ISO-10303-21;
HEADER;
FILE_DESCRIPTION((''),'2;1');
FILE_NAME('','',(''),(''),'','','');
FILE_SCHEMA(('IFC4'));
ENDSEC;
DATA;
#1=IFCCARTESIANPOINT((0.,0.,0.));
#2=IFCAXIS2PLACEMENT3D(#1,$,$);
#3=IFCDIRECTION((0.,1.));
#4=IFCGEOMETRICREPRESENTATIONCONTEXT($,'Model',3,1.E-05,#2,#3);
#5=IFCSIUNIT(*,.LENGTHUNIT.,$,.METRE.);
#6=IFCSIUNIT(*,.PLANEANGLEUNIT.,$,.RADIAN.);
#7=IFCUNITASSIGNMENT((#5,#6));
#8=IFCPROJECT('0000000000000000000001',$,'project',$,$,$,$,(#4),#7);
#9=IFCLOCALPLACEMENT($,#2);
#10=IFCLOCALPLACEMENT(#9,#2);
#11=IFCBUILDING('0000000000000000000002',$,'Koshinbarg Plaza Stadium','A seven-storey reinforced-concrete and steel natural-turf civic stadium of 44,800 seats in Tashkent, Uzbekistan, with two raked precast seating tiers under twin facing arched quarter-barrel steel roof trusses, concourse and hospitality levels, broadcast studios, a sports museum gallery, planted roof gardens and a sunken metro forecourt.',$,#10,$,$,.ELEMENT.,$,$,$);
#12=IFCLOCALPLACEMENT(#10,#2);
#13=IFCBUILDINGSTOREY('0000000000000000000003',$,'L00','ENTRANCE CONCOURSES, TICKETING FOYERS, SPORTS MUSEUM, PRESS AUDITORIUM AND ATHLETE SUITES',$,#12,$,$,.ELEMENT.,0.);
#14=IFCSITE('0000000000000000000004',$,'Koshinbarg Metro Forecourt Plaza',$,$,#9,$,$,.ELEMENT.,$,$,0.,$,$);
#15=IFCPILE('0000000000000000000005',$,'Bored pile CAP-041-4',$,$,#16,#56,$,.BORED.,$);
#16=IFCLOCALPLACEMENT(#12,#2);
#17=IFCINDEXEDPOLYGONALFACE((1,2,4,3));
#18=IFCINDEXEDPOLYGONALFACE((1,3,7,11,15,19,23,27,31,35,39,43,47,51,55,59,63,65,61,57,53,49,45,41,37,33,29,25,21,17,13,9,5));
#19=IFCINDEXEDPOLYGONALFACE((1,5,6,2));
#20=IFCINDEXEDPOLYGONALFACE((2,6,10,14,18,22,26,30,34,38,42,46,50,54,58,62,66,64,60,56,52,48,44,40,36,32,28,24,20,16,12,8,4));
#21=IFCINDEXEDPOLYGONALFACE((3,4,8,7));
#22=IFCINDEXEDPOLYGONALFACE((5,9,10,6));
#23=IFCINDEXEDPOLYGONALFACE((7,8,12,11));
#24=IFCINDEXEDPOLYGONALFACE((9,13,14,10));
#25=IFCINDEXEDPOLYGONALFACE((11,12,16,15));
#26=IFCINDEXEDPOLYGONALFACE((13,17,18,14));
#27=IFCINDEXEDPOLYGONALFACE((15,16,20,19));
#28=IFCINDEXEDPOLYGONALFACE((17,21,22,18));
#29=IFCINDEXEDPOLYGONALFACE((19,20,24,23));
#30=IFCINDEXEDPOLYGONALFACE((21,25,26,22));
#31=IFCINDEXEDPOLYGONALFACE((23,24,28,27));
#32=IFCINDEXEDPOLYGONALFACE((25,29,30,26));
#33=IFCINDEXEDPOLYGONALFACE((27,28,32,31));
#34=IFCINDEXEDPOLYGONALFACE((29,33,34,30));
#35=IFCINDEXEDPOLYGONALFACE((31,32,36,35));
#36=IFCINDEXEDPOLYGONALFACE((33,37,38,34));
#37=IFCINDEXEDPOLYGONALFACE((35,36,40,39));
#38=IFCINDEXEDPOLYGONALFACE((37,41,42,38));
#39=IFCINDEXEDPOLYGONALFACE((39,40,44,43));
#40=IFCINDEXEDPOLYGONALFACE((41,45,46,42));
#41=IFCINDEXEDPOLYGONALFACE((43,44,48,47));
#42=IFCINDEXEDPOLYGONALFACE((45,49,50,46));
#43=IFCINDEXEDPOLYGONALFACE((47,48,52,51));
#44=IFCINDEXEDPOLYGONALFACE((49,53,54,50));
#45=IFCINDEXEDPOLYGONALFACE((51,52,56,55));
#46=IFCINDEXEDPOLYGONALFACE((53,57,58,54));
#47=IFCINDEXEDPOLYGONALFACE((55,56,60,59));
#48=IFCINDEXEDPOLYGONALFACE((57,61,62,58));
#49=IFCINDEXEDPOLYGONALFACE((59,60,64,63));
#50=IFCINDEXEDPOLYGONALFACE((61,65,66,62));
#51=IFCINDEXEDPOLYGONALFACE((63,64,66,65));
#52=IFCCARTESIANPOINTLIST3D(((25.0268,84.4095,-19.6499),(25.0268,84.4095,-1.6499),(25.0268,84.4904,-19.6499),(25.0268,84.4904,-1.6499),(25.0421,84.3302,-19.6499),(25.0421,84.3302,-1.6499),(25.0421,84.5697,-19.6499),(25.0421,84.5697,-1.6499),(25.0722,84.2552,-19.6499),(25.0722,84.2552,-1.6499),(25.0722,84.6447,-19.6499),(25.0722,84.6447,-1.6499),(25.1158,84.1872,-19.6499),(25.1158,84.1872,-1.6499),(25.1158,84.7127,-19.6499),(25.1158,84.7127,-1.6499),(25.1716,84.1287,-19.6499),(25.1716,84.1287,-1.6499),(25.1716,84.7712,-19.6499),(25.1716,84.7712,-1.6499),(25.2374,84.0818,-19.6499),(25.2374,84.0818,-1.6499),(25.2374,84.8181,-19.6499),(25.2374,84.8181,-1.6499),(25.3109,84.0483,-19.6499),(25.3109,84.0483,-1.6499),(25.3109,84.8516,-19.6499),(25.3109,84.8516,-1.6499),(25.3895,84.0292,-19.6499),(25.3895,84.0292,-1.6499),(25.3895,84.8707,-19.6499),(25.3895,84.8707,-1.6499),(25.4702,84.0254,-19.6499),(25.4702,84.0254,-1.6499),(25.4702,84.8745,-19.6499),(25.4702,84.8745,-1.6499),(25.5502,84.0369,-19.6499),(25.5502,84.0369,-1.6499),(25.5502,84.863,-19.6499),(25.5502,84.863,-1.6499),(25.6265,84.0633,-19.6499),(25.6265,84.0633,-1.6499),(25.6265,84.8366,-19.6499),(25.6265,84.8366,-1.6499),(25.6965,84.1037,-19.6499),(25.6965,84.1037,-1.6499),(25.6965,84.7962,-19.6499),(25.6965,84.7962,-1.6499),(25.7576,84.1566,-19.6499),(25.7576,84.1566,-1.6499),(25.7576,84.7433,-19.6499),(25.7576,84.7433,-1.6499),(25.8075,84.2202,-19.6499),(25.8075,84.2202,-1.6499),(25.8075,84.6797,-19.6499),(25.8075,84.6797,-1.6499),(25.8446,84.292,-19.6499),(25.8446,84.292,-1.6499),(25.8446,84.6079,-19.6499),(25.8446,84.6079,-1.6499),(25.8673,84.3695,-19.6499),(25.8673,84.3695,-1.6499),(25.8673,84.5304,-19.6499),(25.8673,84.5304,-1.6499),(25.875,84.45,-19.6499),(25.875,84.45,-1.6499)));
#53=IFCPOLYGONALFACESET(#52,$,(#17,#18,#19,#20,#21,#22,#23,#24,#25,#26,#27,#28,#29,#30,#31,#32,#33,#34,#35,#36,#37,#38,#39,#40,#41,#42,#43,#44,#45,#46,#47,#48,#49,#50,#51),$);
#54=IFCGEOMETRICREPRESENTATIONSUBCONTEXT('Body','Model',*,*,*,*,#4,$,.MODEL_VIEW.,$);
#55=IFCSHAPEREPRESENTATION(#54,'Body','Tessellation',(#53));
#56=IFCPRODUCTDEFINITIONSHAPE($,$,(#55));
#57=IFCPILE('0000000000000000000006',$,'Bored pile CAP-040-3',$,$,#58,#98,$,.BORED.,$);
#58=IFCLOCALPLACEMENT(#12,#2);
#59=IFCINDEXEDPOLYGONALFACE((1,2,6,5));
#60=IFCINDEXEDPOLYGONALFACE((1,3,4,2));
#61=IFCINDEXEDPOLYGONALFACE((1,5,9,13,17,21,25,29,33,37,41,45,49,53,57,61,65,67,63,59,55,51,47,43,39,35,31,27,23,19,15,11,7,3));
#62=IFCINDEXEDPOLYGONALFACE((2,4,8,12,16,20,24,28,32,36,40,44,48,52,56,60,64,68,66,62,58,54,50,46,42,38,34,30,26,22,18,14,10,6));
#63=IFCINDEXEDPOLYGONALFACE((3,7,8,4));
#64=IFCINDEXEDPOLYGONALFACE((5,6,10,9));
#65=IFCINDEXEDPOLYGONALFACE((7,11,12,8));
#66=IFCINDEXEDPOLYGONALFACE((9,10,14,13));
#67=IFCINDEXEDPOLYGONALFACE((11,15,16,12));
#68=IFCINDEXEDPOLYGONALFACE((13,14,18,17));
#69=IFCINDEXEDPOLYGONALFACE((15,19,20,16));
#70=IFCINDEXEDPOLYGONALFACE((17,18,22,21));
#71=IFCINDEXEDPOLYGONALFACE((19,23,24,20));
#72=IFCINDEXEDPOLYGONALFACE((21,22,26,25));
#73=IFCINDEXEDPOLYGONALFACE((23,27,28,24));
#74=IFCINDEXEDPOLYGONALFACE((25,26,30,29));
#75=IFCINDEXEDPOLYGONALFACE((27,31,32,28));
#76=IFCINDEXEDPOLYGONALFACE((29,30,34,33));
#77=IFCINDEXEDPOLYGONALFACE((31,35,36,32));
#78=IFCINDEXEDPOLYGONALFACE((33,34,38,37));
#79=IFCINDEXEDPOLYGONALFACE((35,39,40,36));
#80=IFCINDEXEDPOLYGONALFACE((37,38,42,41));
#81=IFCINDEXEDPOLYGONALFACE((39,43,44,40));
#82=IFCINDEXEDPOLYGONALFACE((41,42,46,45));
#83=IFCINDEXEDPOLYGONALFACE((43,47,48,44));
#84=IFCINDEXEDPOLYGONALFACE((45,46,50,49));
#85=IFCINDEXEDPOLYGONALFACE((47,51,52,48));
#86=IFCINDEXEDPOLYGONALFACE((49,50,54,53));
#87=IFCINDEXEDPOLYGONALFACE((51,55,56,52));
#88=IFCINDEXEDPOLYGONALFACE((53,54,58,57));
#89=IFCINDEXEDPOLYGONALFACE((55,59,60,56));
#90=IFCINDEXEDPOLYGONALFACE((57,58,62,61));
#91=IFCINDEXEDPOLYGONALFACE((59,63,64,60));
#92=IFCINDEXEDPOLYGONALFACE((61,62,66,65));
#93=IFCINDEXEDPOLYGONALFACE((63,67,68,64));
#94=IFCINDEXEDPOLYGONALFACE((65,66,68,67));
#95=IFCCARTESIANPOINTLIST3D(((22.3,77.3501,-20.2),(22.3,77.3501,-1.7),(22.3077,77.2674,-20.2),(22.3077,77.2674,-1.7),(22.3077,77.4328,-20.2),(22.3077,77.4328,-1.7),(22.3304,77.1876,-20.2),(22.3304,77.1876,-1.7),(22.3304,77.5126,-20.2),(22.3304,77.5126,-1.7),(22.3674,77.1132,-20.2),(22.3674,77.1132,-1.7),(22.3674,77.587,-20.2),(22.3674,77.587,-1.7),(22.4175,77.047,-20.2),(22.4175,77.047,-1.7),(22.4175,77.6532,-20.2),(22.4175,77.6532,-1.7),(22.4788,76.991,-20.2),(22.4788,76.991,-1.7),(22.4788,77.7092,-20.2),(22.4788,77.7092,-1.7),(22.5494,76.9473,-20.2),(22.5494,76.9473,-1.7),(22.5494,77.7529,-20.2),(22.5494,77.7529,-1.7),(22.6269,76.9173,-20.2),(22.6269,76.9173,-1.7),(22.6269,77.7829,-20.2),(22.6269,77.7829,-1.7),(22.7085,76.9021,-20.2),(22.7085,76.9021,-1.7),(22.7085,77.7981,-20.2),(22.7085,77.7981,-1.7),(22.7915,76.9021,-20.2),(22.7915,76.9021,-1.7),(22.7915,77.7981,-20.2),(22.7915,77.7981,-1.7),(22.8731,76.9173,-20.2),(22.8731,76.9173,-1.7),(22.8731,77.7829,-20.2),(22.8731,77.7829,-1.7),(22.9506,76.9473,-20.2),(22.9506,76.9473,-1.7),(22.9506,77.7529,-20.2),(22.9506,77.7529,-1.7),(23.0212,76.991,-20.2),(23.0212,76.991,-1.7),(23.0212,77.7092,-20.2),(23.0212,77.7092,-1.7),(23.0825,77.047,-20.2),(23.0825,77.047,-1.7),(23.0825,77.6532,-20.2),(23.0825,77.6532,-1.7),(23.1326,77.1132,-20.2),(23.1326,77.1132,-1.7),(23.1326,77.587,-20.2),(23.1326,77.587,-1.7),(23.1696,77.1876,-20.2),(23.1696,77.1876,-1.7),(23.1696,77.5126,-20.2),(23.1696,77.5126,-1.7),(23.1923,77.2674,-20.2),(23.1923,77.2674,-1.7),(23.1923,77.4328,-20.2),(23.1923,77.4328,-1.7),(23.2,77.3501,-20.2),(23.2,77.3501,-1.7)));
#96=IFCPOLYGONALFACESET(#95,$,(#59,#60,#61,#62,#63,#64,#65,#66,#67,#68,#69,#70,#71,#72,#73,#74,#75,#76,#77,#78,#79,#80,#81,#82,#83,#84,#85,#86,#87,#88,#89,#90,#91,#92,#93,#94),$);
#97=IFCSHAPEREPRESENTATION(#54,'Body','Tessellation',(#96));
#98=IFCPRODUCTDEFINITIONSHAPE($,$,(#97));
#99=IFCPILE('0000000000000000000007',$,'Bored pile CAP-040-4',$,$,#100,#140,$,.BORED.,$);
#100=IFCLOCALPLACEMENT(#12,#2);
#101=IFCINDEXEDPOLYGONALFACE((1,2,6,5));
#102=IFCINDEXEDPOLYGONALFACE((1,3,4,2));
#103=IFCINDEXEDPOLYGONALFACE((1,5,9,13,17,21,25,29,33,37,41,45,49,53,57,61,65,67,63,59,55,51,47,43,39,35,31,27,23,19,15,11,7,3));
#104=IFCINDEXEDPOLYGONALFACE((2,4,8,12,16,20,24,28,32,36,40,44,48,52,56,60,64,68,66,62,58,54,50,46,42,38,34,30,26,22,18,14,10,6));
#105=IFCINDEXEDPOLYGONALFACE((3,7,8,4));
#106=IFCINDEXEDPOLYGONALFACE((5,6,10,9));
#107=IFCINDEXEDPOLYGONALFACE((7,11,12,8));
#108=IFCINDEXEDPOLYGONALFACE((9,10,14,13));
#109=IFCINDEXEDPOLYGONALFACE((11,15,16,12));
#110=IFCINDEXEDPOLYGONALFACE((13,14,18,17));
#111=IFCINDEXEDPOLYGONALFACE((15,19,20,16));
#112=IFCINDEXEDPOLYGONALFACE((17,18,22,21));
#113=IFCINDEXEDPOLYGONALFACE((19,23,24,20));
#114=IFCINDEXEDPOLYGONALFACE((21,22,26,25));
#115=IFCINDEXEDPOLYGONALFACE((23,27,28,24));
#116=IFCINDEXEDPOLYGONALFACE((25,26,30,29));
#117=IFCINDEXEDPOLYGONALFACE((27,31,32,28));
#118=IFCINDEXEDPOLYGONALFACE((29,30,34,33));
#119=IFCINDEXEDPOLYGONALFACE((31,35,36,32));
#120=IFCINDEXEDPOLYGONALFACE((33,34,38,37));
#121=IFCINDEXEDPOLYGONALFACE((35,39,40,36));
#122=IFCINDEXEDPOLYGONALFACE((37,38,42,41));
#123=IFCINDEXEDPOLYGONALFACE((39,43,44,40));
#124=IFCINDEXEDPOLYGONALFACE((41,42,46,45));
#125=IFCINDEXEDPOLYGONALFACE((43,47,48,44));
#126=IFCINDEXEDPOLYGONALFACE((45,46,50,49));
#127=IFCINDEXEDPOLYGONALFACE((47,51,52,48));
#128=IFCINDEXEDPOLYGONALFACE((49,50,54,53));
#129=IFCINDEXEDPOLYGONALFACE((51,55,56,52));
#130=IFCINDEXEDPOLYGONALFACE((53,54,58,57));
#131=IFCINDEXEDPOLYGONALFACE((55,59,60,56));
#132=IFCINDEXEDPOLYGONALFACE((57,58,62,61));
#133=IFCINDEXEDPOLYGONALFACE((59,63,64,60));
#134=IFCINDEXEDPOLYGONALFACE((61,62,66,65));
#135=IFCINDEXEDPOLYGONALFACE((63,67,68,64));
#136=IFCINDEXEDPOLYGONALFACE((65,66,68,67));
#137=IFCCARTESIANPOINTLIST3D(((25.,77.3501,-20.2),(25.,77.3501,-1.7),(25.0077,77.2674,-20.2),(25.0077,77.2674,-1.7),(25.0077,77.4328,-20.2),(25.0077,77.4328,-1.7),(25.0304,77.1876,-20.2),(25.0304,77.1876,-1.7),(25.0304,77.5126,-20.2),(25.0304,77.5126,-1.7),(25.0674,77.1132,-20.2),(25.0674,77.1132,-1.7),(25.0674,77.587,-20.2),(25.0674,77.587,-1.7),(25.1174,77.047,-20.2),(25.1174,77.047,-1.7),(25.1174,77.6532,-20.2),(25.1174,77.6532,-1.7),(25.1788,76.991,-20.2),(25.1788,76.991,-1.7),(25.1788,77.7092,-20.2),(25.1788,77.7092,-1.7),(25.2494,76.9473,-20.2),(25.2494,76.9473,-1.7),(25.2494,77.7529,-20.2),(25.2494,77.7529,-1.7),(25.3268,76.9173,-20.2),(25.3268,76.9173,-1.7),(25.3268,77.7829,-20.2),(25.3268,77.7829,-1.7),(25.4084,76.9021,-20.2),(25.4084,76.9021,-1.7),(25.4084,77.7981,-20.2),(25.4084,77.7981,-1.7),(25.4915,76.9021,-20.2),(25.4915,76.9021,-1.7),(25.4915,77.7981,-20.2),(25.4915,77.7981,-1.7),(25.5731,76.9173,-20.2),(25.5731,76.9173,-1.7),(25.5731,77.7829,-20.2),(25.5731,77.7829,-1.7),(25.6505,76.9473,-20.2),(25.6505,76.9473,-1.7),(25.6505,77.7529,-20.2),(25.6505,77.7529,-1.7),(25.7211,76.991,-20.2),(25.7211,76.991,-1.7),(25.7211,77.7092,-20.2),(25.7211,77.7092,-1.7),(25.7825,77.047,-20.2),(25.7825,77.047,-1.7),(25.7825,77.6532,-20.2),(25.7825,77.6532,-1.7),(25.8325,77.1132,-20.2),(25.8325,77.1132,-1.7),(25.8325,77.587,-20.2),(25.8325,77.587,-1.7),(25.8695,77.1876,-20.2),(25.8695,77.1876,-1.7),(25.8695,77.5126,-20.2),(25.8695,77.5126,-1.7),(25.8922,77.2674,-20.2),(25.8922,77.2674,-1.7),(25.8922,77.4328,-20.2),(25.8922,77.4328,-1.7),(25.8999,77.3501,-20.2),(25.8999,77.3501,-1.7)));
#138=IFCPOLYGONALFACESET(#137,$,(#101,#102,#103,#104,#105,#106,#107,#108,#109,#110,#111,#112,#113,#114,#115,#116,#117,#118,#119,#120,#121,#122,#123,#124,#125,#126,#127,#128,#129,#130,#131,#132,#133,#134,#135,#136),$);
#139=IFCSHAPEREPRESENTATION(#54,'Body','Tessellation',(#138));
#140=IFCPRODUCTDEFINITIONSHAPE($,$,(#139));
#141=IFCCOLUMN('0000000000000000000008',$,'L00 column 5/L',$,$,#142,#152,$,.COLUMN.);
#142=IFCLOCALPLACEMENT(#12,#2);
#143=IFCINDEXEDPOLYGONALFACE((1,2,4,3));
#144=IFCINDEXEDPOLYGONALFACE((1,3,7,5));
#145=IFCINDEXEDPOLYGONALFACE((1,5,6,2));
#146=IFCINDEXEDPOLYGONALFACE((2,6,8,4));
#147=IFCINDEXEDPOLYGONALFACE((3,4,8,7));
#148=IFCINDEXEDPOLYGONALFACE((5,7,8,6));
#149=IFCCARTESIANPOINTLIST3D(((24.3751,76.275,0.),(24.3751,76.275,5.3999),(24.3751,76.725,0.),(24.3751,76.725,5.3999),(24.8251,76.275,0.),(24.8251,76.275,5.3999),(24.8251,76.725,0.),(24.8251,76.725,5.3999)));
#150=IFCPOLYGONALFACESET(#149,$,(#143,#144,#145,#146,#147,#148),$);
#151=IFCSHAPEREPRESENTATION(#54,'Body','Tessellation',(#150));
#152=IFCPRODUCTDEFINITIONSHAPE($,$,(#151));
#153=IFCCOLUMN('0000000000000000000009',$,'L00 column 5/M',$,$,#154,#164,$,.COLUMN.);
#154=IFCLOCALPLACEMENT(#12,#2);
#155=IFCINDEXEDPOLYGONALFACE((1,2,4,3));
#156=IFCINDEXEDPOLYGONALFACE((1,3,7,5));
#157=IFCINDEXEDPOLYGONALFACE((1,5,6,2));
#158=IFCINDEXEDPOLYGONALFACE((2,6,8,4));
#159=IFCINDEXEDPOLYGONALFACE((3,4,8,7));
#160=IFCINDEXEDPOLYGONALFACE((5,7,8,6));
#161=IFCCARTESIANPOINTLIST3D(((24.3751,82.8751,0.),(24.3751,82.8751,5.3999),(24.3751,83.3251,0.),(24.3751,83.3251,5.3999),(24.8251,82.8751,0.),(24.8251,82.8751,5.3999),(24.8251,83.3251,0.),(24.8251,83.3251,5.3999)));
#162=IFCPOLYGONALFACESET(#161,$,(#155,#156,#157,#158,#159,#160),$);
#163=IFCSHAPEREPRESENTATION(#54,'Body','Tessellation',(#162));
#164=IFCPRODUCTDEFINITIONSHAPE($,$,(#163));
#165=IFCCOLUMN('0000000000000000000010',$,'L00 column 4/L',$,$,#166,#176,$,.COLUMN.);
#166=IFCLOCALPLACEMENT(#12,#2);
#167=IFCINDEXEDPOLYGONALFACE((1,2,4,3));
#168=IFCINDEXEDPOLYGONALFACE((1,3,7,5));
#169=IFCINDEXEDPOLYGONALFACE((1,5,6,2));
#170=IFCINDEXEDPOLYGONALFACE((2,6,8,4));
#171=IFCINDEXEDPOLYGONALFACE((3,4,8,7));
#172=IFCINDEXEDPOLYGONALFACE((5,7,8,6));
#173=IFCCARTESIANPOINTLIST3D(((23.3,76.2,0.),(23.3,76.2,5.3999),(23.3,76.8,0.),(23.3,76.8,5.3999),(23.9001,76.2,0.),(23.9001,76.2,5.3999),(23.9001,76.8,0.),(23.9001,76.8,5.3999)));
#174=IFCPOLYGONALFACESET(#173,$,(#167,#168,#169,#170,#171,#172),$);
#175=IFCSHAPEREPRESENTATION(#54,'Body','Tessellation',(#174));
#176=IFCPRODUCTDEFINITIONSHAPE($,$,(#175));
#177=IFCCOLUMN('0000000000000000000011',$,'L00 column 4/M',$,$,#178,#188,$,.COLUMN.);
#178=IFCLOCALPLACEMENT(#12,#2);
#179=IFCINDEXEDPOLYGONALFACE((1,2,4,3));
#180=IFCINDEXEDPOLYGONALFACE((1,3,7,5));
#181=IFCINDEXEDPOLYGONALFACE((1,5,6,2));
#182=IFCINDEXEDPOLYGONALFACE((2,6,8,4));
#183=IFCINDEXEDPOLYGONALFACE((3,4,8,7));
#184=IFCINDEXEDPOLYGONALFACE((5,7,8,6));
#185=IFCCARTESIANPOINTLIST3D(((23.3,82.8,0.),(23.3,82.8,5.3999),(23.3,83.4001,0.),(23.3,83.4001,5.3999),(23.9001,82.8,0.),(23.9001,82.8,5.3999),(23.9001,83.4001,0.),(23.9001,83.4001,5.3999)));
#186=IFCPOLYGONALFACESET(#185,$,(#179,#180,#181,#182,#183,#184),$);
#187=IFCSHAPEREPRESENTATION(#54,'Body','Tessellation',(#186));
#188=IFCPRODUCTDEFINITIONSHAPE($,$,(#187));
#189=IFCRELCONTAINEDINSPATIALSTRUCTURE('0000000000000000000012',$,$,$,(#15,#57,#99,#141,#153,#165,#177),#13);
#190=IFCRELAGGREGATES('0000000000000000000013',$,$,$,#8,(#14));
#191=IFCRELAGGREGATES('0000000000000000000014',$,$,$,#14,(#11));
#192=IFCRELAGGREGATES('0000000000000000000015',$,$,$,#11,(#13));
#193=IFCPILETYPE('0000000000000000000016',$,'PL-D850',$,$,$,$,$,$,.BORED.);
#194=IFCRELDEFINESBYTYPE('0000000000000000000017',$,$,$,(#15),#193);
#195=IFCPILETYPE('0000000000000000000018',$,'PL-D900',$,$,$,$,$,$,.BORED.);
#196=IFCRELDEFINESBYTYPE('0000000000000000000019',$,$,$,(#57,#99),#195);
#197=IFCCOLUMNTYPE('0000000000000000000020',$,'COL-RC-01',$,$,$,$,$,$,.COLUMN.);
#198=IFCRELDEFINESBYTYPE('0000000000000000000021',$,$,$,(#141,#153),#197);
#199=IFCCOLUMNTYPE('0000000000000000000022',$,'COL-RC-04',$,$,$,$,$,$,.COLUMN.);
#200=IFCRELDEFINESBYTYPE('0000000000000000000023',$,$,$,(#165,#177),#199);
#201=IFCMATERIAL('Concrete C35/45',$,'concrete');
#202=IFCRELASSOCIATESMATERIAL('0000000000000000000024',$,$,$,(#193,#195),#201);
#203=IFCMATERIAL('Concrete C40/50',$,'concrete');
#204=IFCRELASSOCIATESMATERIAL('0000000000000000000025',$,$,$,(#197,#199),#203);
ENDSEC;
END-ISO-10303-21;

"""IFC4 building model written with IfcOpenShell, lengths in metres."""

from ifc_helpers import new_model, si_unit, direction, frame, origin, origin_2d, place, context, subcontext, project, spatial, rectangle, circle, extrude, material, material_profile, profile_set, type_object, element, save


model = new_model("IFC4")

# Units and contexts
model_context = context("Model", 3, precision=1e-05, world=origin(), true_north=direction((0.0, 1.0)))
body_context = subcontext(model_context, "Body", "Model", "MODEL_VIEW")
ifc_project = project(units=[si_unit("LENGTHUNIT", "METRE"), si_unit("PLANEANGLEUNIT", "RADIAN")], contexts=[model_context])

# Site, building, storey
site_placement = place(None, origin())
site = spatial("IfcSite", under=ifc_project, at=site_placement, Name="Koshinbarg Metro Forecourt Plaza", CompositionType="ELEMENT", RefElevation=0.0)
building_placement = place(site_placement, origin())
building = spatial("IfcBuilding", under=site, at=building_placement, Name="Koshinbarg Plaza Stadium", Description="A seven-storey reinforced-concrete and steel natural-turf civic stadium of 44,800 seats in Tashkent, Uzbekistan, with two raked precast seating tiers under twin facing arched quarter-barrel steel roof trusses, concourse and hospitality levels, broadcast studios, a sports museum gallery, planted roof gardens and a sunken metro forecourt.", CompositionType="ELEMENT")
storey_placement = place(building_placement, origin())
storey = spatial("IfcBuildingStorey", under=building, at=storey_placement, Name="L00", Description="ENTRANCE CONCOURSES, TICKETING FOYERS, SPORTS MUSEUM, PRESS AUDITORIUM AND ATHLETE SUITES", CompositionType="ELEMENT", Elevation=0.0)

# Shared definitions
ifc_material_1 = material(Name="Concrete C35/45", Category="concrete")

# Piles
ifc_material_profile_1 = material_profile(ifc_material_1, circle(Radius=0.425, at=origin_2d()), Name="PILE D850")
ifc_profile_set_1 = profile_set([ifc_material_profile_1], Name="Concrete C35/45")
pile_type_1 = type_object("IfcPileType", Name="PL-D850", PredefinedType="BORED", material=ifc_profile_set_1)
for number, where, z_axis, x_axis, name in (
    (1, (25.45, 84.45, -1.6499), (0.0, 0.0, -1.0), (1.0, 0.0, 0.0), "Bored pile CAP-041-4"),
):
    element("IfcPile", number, at=place(storey_placement, frame(where, z_axis=z_axis, x_axis=x_axis)), inside=storey, type_object=pile_type_1, Name=name, PredefinedType="BORED", context=body_context, shape_type="SweptSolid", body=[
        extrude(circle(Radius=0.425, at=origin_2d()), origin(), (0.0, 0.0, 1.0), 18.0),
    ])
ifc_material_profile_2 = material_profile(ifc_material_1, circle(Radius=0.45, at=origin_2d()), Name="PILE D900")
ifc_profile_set_2 = profile_set([ifc_material_profile_2], Name="Concrete C35/45")
pile_type_2 = type_object("IfcPileType", Name="PL-D900", PredefinedType="BORED", material=ifc_profile_set_2)
for number, where, z_axis, x_axis, name in (
    (2, (22.75, 77.3501, -1.7), (0.0, 0.0, -1.0), (1.0, 0.0, 0.0), "Bored pile CAP-040-3"),
    (3, (25.45, 77.3501, -1.7), (0.0, 0.0, -1.0), (1.0, 0.0, 0.0), "Bored pile CAP-040-4"),
):
    element("IfcPile", number, at=place(storey_placement, frame(where, z_axis=z_axis, x_axis=x_axis)), inside=storey, type_object=pile_type_2, Name=name, PredefinedType="BORED", context=body_context, shape_type="SweptSolid", body=[
        extrude(circle(Radius=0.45, at=origin_2d()), origin(), (0.0, 0.0, 1.0), 18.5),
    ])

# Columns
ifc_material_2 = material(Name="Concrete C40/50", Category="concrete")
ifc_material_profile_3 = material_profile(ifc_material_2, rectangle(XDim=0.45, YDim=0.45, at=origin_2d()), Name="RC 450x450")
ifc_profile_set_3 = profile_set([ifc_material_profile_3], Name="Concrete C40/50")
column_type_1 = type_object("IfcColumnType", Name="COL-RC-01", PredefinedType="COLUMN", material=ifc_profile_set_3)
for number, where, z_axis, x_axis, name in (
    (4, (24.6001, 76.5, 0.0), (0.0, 0.0, 1.0), (1.0, 0.0, 0.0), "L00 column 5/L"),
    (5, (24.6001, 83.1001, 0.0), (0.0, 0.0, 1.0), (1.0, 0.0, 0.0), "L00 column 5/M"),
):
    element("IfcColumn", number, at=place(storey_placement, frame(where, z_axis=z_axis, x_axis=x_axis)), inside=storey, type_object=column_type_1, Name=name, PredefinedType="COLUMN", context=body_context, shape_type="SweptSolid", body=[
        extrude(rectangle(XDim=0.45, YDim=0.45, at=origin_2d()), origin(), (0.0, 0.0, 1.0), 5.3999),
    ])
ifc_material_profile_4 = material_profile(ifc_material_2, rectangle(XDim=0.6001, YDim=0.6001, at=origin_2d()), Name="RC 600x600")
ifc_profile_set_4 = profile_set([ifc_material_profile_4], Name="Concrete C40/50")
column_type_2 = type_object("IfcColumnType", Name="COL-RC-04", PredefinedType="COLUMN", material=ifc_profile_set_4)
for number, where, z_axis, x_axis, name in (
    (6, (23.6001, 76.5, 0.0), (0.0, 0.0, 1.0), (1.0, 0.0, 0.0), "L00 column 4/L"),
    (7, (23.6001, 83.1001, 0.0), (0.0, 0.0, 1.0), (1.0, 0.0, 0.0), "L00 column 4/M"),
):
    element("IfcColumn", number, at=place(storey_placement, frame(where, z_axis=z_axis, x_axis=x_axis)), inside=storey, type_object=column_type_2, Name=name, PredefinedType="COLUMN", context=body_context, shape_type="SweptSolid", body=[
        extrude(rectangle(XDim=0.6001, YDim=0.6001, at=origin_2d()), origin(), (0.0, 0.0, 1.0), 5.3999),
    ])

save(model, "model.ifc")
